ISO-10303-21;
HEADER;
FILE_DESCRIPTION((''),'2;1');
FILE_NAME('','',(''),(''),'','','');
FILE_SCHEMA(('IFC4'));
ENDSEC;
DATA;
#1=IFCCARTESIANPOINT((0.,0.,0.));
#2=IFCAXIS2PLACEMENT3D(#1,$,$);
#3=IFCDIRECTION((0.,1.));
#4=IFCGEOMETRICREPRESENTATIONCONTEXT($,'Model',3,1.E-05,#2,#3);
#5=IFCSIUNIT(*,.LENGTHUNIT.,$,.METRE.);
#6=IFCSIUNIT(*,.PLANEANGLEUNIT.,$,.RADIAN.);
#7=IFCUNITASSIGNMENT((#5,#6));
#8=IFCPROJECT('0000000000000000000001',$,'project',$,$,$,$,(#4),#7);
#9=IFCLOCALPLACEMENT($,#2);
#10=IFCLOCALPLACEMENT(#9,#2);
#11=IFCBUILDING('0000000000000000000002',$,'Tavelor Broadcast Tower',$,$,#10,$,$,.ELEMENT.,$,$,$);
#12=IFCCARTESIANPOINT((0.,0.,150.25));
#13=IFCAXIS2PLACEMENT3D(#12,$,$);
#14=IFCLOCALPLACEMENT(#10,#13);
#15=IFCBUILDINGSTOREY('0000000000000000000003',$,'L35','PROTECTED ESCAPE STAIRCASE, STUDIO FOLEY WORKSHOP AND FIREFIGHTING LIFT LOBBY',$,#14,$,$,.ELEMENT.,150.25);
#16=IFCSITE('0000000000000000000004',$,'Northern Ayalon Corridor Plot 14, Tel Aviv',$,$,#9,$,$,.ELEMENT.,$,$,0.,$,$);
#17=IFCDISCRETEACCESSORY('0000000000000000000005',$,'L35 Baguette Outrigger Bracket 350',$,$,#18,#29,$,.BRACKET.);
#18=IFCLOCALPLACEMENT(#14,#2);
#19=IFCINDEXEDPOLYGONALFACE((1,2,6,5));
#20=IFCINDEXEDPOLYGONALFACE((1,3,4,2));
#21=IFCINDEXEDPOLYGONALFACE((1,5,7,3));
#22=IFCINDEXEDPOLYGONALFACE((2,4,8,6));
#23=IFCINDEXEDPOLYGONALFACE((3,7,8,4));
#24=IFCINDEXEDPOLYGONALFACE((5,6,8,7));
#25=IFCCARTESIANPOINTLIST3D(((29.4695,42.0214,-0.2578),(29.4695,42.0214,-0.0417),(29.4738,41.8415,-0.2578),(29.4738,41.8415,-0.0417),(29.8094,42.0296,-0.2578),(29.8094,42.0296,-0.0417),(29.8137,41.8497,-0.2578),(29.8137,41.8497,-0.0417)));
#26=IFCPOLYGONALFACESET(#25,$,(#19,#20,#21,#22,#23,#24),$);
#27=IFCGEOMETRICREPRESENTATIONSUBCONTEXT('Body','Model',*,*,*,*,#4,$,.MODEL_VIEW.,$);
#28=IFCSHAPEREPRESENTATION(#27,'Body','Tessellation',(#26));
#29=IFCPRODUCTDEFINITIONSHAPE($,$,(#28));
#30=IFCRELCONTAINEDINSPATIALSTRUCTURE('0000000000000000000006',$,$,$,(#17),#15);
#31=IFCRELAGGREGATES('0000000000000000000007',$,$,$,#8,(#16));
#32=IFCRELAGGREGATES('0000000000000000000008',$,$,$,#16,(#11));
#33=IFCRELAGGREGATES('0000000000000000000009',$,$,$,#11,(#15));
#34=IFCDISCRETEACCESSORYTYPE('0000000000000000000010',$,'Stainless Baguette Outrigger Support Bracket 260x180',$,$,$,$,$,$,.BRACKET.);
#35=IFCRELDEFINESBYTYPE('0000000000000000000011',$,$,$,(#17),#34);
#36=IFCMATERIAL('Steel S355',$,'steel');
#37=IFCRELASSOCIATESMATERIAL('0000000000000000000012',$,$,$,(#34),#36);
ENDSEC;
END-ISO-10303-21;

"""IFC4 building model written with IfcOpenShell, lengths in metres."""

from ifc_helpers import new_model, si_unit, direction, frame, origin, origin_2d, place, context, subcontext, project, spatial, rectangle, extrude, source, transform, mapped, material, type_object, type_shapes, element, save


model = new_model("IFC4")

# Units and contexts
model_context = context("Model", 3, precision=1e-05, world=origin(), true_north=direction((0.0, 1.0)))
body_context = subcontext(model_context, "Body", "Model", "MODEL_VIEW")
ifc_project = project(units=[si_unit("LENGTHUNIT", "METRE"), si_unit("PLANEANGLEUNIT", "RADIAN")], contexts=[model_context])

# Site, building, storey
site_placement = place(None, origin())
site = spatial("IfcSite", under=ifc_project, at=site_placement, Name="Northern Ayalon Corridor Plot 14, Tel Aviv", CompositionType="ELEMENT", RefElevation=0.0)
building_placement = place(site_placement, origin())
building = spatial("IfcBuilding", under=site, at=building_placement, Name="Tavelor Broadcast Tower", CompositionType="ELEMENT")
storey_placement = place(building_placement, frame((0.0, 0.0, 150.25)))
storey = spatial("IfcBuildingStorey", under=building, at=storey_placement, Name="L35", Description="PROTECTED ESCAPE STAIRCASE, STUDIO FOLEY WORKSHOP AND FIREFIGHTING LIFT LOBBY", CompositionType="ELEMENT", Elevation=150.25)

# Shared definitions
ifc_material_1 = material(Name="Steel S355", Category="steel")

# Discrete accessory
discrete_accessory_type = type_object("IfcDiscreteAccessoryType", Name="Stainless Baguette Outrigger Support Bracket 260x180", PredefinedType="BRACKET", material=ifc_material_1)
shared_shape_1 = source(origin(), body_context, "Body", "SweptSolid", [
    extrude(rectangle(XDim=0.1799, YDim=0.3401, at=origin_2d()), origin(), (0.0, 0.0, 1.0), 0.2161),
])
type_shapes(discrete_accessory_type, [shared_shape_1])
discrete_accessory_placement = place(storey_placement, frame((29.6416, 41.9355, -0.2578), z_axis=(0.0, 0.0, 1.0), x_axis=(0.023909, -0.999714, 0.0)))
element("IfcDiscreteAccessory", 1, at=discrete_accessory_placement, inside=storey, type_object=discrete_accessory_type, Name="L35 Baguette Outrigger Bracket 350", PredefinedType="BRACKET", context=body_context, shape_type="MappedRepresentation", body=[
    mapped(shared_shape_1, transform((0.0, 0.0, 0.0), scale=1.0)),
])

save(model, "model.ifc")
